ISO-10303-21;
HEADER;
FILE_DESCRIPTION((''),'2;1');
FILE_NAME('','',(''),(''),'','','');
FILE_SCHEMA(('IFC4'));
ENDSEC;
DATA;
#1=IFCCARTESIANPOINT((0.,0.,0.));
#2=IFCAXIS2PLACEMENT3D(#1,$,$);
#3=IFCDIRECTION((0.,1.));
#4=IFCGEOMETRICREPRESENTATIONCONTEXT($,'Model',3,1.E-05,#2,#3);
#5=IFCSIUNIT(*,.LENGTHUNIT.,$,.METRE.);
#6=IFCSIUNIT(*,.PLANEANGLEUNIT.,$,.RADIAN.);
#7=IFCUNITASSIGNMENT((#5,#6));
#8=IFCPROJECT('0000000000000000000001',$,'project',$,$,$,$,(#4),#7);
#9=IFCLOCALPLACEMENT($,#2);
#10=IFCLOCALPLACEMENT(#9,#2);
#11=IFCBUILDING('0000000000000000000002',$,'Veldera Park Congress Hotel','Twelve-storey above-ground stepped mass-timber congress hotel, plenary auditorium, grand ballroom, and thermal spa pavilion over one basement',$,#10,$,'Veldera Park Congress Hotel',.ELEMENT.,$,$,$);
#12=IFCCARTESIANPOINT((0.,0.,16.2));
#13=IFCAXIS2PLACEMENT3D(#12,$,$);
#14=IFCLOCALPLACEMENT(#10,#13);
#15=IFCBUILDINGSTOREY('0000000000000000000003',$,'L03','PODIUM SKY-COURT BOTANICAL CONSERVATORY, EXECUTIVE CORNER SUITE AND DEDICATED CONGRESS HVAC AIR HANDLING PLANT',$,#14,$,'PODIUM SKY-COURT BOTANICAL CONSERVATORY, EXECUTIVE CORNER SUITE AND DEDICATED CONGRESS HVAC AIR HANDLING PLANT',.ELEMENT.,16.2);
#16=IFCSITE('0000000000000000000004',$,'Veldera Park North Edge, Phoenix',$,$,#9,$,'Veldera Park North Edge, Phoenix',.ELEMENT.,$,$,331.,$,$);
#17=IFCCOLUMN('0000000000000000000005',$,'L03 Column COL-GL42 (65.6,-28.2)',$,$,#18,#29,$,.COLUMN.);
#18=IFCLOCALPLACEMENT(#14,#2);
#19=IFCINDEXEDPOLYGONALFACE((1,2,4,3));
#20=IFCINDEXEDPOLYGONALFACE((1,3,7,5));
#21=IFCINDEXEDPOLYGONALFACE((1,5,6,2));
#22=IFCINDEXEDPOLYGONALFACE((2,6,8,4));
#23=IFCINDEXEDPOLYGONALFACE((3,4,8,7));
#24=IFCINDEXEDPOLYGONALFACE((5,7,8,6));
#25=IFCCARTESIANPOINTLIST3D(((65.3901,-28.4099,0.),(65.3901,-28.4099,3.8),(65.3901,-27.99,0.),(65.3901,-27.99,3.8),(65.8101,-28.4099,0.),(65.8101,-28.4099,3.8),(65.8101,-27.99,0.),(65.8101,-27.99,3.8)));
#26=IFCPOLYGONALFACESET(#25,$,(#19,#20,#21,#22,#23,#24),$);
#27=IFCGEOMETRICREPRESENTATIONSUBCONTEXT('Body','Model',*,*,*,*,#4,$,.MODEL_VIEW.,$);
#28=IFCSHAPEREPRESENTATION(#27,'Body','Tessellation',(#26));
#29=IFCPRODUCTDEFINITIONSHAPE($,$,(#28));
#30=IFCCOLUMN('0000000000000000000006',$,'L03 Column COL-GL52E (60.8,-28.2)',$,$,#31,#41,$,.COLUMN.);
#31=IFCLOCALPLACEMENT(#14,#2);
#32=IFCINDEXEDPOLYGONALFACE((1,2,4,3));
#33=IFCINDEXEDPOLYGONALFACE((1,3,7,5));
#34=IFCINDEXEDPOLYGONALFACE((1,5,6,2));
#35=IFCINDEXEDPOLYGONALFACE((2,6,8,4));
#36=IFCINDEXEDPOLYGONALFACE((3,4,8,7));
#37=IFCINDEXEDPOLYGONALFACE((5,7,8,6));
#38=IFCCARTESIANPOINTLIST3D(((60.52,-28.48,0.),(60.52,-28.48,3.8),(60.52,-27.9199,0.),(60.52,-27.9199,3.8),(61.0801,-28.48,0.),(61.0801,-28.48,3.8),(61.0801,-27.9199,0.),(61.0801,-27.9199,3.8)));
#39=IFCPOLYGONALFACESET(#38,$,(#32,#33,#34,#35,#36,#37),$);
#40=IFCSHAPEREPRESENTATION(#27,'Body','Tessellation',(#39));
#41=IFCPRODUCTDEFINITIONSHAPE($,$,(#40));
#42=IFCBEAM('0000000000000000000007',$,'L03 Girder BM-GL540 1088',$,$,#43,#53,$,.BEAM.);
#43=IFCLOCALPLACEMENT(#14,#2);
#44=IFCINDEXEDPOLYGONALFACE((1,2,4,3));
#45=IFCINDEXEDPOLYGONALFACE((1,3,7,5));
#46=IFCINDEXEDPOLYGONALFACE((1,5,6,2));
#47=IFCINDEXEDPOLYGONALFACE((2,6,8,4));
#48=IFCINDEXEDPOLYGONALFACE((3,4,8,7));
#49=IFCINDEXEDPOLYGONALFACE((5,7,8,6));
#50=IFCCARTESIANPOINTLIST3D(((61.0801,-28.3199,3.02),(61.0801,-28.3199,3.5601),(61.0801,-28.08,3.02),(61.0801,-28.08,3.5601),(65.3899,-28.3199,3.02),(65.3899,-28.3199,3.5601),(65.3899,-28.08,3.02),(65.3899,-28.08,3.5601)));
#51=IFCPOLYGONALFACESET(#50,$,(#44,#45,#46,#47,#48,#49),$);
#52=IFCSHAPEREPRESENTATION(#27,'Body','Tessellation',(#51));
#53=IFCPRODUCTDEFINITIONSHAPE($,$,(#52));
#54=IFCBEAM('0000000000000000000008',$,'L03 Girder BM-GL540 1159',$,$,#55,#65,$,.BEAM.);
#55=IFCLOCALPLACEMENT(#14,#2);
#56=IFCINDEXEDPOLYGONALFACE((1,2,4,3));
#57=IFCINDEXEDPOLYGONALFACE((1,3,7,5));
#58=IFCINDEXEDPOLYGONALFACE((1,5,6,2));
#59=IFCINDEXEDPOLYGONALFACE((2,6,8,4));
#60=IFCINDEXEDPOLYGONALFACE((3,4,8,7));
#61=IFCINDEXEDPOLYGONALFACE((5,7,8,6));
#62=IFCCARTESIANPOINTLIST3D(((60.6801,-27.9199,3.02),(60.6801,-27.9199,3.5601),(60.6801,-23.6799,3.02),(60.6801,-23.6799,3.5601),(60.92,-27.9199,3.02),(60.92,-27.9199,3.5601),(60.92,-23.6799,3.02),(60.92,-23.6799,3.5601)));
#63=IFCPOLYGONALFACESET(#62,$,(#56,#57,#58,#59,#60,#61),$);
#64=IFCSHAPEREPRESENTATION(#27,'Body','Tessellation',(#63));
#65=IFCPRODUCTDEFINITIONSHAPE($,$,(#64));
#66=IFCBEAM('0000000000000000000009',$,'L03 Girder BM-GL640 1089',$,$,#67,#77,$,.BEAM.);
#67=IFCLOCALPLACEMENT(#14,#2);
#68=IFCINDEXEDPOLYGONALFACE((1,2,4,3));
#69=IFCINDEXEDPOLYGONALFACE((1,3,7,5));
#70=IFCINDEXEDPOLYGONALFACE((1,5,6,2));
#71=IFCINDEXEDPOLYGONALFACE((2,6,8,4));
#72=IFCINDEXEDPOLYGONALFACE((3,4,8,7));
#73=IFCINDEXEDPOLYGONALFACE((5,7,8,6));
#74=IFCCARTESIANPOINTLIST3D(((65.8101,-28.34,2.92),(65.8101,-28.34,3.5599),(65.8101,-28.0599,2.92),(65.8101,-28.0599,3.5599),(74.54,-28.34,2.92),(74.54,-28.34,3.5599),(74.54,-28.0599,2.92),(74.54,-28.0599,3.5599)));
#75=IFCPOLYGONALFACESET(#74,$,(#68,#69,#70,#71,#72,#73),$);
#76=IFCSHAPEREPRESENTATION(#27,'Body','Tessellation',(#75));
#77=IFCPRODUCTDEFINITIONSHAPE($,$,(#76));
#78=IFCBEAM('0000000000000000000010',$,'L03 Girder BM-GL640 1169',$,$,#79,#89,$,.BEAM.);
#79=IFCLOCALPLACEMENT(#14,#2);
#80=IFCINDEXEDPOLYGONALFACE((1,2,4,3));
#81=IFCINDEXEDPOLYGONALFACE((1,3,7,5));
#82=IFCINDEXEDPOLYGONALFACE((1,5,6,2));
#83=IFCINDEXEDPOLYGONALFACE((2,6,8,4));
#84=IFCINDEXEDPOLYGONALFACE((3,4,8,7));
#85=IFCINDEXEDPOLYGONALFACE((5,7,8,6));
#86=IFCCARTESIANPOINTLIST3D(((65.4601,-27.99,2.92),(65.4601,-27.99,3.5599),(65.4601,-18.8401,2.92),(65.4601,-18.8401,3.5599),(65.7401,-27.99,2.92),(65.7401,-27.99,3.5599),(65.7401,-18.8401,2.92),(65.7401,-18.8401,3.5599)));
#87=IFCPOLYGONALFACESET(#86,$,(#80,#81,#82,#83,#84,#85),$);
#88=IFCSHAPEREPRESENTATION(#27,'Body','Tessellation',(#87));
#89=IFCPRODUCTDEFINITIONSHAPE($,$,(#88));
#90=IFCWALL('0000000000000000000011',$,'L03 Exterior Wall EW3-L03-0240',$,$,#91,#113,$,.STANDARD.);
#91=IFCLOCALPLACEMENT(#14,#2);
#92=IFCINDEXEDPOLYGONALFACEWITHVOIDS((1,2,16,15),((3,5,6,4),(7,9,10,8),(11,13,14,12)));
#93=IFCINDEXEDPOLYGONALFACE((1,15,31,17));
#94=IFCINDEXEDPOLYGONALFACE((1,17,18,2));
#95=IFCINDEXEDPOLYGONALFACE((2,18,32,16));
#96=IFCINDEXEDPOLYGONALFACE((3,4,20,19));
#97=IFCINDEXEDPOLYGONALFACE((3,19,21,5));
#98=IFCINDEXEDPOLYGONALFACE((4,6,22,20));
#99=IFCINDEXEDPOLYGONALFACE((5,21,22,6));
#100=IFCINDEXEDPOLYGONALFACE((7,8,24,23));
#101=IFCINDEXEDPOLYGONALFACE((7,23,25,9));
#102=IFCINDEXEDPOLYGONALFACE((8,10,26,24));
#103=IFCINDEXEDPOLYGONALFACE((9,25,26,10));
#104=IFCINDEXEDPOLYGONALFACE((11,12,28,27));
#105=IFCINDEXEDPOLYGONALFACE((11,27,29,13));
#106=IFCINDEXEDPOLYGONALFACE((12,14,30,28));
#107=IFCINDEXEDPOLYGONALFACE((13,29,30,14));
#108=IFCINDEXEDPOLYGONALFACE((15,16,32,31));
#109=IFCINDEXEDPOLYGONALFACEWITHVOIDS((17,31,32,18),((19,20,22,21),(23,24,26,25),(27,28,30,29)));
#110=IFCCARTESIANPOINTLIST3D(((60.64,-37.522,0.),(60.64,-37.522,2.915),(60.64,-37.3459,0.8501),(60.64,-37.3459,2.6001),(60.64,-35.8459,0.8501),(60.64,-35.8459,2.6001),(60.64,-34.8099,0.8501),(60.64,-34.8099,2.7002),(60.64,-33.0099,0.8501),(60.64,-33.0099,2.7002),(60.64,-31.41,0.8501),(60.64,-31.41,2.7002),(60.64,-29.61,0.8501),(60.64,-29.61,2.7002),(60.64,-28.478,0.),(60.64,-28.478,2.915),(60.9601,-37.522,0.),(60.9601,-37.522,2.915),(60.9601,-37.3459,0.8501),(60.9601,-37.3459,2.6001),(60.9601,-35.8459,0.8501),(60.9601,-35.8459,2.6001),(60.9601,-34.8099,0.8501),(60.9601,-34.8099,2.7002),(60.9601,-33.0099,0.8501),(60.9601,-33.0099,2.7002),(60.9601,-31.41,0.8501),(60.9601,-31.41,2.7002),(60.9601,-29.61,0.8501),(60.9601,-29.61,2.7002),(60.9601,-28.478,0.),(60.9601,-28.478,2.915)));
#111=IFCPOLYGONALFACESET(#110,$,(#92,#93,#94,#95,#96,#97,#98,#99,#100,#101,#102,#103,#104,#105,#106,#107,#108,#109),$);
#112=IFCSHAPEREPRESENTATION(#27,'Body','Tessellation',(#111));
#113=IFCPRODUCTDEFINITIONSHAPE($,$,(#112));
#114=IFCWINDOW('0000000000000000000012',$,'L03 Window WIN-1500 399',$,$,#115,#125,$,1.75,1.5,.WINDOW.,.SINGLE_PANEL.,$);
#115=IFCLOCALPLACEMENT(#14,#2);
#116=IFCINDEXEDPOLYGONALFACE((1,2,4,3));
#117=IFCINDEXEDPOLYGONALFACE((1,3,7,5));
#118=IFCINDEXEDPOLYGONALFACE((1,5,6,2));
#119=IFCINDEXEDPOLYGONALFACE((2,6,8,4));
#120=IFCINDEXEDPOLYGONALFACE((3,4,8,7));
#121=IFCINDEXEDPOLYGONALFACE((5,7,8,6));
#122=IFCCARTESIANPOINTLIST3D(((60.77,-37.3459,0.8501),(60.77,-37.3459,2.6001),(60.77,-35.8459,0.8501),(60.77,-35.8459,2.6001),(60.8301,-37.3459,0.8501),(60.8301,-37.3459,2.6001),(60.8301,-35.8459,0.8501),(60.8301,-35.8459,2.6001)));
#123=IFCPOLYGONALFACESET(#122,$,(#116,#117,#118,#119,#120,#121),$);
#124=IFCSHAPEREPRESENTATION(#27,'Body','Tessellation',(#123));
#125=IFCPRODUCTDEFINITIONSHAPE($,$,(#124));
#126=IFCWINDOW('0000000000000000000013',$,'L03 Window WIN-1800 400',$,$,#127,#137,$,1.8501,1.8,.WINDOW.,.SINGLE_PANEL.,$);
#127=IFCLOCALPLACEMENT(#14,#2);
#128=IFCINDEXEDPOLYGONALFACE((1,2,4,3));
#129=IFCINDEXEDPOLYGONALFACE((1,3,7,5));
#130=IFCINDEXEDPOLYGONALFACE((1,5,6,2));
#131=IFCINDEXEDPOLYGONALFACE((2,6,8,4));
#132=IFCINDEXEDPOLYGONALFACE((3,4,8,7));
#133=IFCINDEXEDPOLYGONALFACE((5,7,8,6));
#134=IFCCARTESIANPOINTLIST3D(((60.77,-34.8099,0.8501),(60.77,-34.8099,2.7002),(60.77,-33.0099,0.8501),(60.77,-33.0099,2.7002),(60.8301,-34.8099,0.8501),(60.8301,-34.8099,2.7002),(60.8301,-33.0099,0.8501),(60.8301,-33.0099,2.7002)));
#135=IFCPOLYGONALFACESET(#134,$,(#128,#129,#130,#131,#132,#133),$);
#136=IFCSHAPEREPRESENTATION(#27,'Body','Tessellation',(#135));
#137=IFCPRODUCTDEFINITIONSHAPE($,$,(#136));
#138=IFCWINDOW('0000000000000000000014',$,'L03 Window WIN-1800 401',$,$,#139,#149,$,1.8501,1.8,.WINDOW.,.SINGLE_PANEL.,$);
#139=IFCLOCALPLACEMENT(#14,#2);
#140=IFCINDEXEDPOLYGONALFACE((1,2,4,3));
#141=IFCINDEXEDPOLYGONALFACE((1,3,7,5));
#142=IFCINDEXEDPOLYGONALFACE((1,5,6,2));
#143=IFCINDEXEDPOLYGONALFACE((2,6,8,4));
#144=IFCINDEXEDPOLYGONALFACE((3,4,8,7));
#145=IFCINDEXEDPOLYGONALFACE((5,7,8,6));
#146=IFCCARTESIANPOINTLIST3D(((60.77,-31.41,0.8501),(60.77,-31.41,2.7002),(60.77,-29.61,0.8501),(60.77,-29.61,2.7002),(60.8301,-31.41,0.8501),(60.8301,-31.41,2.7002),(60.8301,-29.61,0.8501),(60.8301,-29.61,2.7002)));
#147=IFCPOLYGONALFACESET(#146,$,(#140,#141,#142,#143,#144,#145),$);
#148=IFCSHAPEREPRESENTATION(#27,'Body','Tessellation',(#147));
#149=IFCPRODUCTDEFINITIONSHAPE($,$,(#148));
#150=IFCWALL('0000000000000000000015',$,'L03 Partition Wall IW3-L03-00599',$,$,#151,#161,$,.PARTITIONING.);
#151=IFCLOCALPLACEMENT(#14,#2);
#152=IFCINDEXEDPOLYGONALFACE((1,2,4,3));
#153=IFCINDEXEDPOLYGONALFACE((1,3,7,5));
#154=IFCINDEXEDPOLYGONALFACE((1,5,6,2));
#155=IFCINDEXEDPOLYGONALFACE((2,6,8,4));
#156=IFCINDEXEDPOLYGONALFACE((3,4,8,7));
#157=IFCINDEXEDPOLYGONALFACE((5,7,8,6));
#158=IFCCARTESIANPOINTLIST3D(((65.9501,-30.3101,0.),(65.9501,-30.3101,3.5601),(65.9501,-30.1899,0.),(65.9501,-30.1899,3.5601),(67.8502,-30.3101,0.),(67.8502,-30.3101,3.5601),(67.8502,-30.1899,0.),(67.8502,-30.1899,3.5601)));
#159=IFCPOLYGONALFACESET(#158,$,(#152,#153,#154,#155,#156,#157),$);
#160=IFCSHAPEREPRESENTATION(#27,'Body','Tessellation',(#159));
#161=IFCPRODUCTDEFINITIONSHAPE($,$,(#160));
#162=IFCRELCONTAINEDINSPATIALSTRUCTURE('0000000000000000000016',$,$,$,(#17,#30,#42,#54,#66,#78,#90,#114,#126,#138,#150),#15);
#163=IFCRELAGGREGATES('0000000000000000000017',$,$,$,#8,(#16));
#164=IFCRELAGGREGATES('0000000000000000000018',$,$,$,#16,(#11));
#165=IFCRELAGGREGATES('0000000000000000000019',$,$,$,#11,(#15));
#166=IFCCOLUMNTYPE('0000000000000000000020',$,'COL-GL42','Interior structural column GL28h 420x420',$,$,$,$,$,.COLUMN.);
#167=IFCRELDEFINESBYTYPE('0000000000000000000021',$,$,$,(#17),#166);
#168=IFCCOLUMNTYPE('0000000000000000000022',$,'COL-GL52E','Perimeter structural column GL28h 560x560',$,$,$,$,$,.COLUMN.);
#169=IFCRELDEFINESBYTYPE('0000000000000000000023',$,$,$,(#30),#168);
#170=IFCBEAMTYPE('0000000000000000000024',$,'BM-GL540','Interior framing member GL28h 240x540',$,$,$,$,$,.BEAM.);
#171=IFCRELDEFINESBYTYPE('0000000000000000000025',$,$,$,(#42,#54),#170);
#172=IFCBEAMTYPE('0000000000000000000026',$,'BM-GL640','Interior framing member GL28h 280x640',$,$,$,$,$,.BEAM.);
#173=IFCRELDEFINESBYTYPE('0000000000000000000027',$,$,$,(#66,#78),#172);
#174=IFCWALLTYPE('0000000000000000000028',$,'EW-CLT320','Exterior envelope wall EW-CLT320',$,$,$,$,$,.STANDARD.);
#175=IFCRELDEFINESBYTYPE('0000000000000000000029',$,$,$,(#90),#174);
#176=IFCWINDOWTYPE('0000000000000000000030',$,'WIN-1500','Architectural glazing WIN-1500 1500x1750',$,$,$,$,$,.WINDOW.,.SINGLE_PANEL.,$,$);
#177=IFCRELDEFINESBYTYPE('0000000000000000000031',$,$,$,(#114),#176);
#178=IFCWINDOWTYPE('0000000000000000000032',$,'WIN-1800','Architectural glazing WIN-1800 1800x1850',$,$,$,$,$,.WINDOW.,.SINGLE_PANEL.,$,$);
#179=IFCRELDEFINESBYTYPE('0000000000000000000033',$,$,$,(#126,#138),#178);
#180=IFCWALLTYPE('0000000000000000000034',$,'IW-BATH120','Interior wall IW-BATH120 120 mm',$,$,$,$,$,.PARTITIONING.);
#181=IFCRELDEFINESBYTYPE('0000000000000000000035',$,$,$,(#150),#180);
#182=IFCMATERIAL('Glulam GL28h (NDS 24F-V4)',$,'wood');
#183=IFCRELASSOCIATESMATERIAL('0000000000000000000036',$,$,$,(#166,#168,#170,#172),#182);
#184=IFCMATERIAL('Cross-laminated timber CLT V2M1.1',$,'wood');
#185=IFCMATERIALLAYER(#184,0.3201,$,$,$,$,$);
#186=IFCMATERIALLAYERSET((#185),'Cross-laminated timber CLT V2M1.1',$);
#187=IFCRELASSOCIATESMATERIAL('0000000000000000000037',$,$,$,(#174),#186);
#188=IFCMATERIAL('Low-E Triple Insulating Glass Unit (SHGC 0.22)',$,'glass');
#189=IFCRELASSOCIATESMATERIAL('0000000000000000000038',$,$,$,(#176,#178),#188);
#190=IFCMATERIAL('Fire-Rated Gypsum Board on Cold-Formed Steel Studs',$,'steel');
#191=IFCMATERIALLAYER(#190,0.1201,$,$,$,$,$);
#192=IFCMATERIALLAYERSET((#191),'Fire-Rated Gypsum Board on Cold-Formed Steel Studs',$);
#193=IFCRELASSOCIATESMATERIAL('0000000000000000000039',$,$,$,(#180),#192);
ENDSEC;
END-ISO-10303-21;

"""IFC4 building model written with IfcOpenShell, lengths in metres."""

from ifc_helpers import new_model, si_unit, direction, frame, frame_2d, origin, origin_2d, place, context, subcontext, project, spatial, rectangle, extrude, material, layer, layer_set, material_profile, profile_set, type_object, element, fill, save


model = new_model("IFC4")

# Units and contexts
model_context = context("Model", 3, precision=1e-05, world=origin(), true_north=direction((0.0, 1.0)))
body_context = subcontext(model_context, "Body", "Model", "MODEL_VIEW")
ifc_project = project(units=[si_unit("LENGTHUNIT", "METRE"), si_unit("PLANEANGLEUNIT", "RADIAN")], contexts=[model_context])

# Site, building, storey
site_placement = place(None, origin())
site = spatial("IfcSite", under=ifc_project, at=site_placement, Name="Veldera Park North Edge, Phoenix", LongName="Veldera Park North Edge, Phoenix", CompositionType="ELEMENT", RefElevation=331.0)
building_placement = place(site_placement, origin())
building = spatial("IfcBuilding", under=site, at=building_placement, Name="Veldera Park Congress Hotel", Description="Twelve-storey above-ground stepped mass-timber congress hotel, plenary auditorium, grand ballroom, and thermal spa pavilion over one basement", LongName="Veldera Park Congress Hotel", CompositionType="ELEMENT")
storey_placement = place(building_placement, frame((0.0, 0.0, 16.2)))
storey = spatial("IfcBuildingStorey", under=building, at=storey_placement, Name="L03", Description="PODIUM SKY-COURT BOTANICAL CONSERVATORY, EXECUTIVE CORNER SUITE AND DEDICATED CONGRESS HVAC AIR HANDLING PLANT", LongName="PODIUM SKY-COURT BOTANICAL CONSERVATORY, EXECUTIVE CORNER SUITE AND DEDICATED CONGRESS HVAC AIR HANDLING PLANT", CompositionType="ELEMENT", Elevation=16.2)

# Columns
ifc_material_1 = material(Name="Glulam GL28h (NDS 24F-V4)", Category="wood")
ifc_material_profile_1 = material_profile(ifc_material_1, rectangle(XDim=0.4199, YDim=0.4199, at=origin_2d()), Name="GL28h 420x420")
ifc_profile_set_1 = profile_set([ifc_material_profile_1], Name="Glulam GL28h (NDS 24F-V4)")
column_type_1 = type_object("IfcColumnType", Name="COL-GL42", Description="Interior structural column GL28h 420x420", PredefinedType="COLUMN", material=ifc_profile_set_1)
column_1_placement = place(storey_placement, frame((65.6001, -28.2, 0.0), z_axis=(0.0, 0.0, 1.0), x_axis=(1.0, 0.0, 0.0)))
element("IfcColumn", 1, at=column_1_placement, inside=storey, type_object=column_type_1, Name="L03 Column COL-GL42 (65.6,-28.2)", PredefinedType="COLUMN", context=body_context, shape_type="SweptSolid", body=[
    extrude(rectangle(XDim=0.4199, YDim=0.4199, at=origin_2d()), origin(), (0.0, 0.0, 1.0), 3.8),
])
ifc_material_profile_2 = material_profile(ifc_material_1, rectangle(XDim=0.5601, YDim=0.5601, at=origin_2d()), Name="GL28h 560x560")
ifc_profile_set_2 = profile_set([ifc_material_profile_2], Name="Glulam GL28h (NDS 24F-V4)")
column_type_2 = type_object("IfcColumnType", Name="COL-GL52E", Description="Perimeter structural column GL28h 560x560", PredefinedType="COLUMN", material=ifc_profile_set_2)
column_2_placement = place(storey_placement, frame((60.8, -28.2, 0.0), z_axis=(0.0, 0.0, 1.0), x_axis=(1.0, 0.0, 0.0)))
element("IfcColumn", 2, at=column_2_placement, inside=storey, type_object=column_type_2, Name="L03 Column COL-GL52E (60.8,-28.2)", PredefinedType="COLUMN", context=body_context, shape_type="SweptSolid", body=[
    extrude(rectangle(XDim=0.5601, YDim=0.5601, at=origin_2d()), origin(), (0.0, 0.0, 1.0), 3.8),
])

# Beams
ifc_material_profile_3 = material_profile(ifc_material_1, rectangle(XDim=0.24, YDim=0.54, at=origin_2d()), Name="GL28h 240x540")
ifc_profile_set_3 = profile_set([ifc_material_profile_3], Name="Glulam GL28h (NDS 24F-V4)")
beam_type_1 = type_object("IfcBeamType", Name="BM-GL540", Description="Interior framing member GL28h 240x540", PredefinedType="BEAM", material=ifc_profile_set_3)
beam_1_placement = place(storey_placement, frame((61.0801, -28.2, 3.29), z_axis=(1.0, 0.0, 0.0), x_axis=(0.0, 1.0, 0.0)))
element("IfcBeam", 3, at=beam_1_placement, inside=storey, type_object=beam_type_1, Name="L03 Girder BM-GL540 1088", PredefinedType="BEAM", context=body_context, shape_type="SweptSolid", body=[
    extrude(rectangle(XDim=0.24, YDim=0.54, at=origin_2d()), origin(), (0.0, 0.0, 1.0), 4.3098),
])
beam_2_placement = place(storey_placement, frame((60.8, -27.9199, 3.29), z_axis=(0.0, 1.0, 0.0), x_axis=(-1.0, 0.0, 0.0)))
element("IfcBeam", 4, at=beam_2_placement, inside=storey, type_object=beam_type_1, Name="L03 Girder BM-GL540 1159", PredefinedType="BEAM", context=body_context, shape_type="SweptSolid", body=[
    extrude(rectangle(XDim=0.24, YDim=0.54, at=origin_2d()), origin(), (0.0, 0.0, 1.0), 4.24),
])
ifc_material_profile_4 = material_profile(ifc_material_1, rectangle(XDim=0.28, YDim=0.6399, at=origin_2d()), Name="GL28h 280x640")
ifc_profile_set_4 = profile_set([ifc_material_profile_4], Name="Glulam GL28h (NDS 24F-V4)")
beam_type_2 = type_object("IfcBeamType", Name="BM-GL640", Description="Interior framing member GL28h 280x640", PredefinedType="BEAM", material=ifc_profile_set_4)
beam_3_placement = place(storey_placement, frame((65.8101, -28.2, 3.24), z_axis=(1.0, 0.0, 0.0), x_axis=(0.0, 1.0, 0.0)))
element("IfcBeam", 5, at=beam_3_placement, inside=storey, type_object=beam_type_2, Name="L03 Girder BM-GL640 1089", PredefinedType="BEAM", context=body_context, shape_type="SweptSolid", body=[
    extrude(rectangle(XDim=0.28, YDim=0.6399, at=origin_2d()), origin(), (0.0, 0.0, 1.0), 8.73),
])
beam_4_placement = place(storey_placement, frame((65.6001, -27.99, 3.24), z_axis=(0.0, 1.0, 0.0), x_axis=(-1.0, 0.0, 0.0)))
element("IfcBeam", 6, at=beam_4_placement, inside=storey, type_object=beam_type_2, Name="L03 Girder BM-GL640 1169", PredefinedType="BEAM", context=body_context, shape_type="SweptSolid", body=[
    extrude(rectangle(XDim=0.28, YDim=0.6399, at=origin_2d()), origin(), (0.0, 0.0, 1.0), 9.1499),
])

# Wall, openings, windows
ifc_material_2 = material(Name="Cross-laminated timber CLT V2M1.1", Category="wood")
ifc_layer_1 = layer(ifc_material_2, 0.3201)
ifc_layer_set_1 = layer_set([ifc_layer_1], Name="Cross-laminated timber CLT V2M1.1")
wall_type_1 = type_object("IfcWallType", Name="EW-CLT320", Description="Exterior envelope wall EW-CLT320", PredefinedType="STANDARD", material=ifc_layer_set_1)
wall_1_placement = place(storey_placement, frame((60.8, -28.478, 0.0), z_axis=(0.0, 0.0, 1.0), x_axis=(0.0, -1.0, 0.0)))
wall_1 = element("IfcWall", 7, at=wall_1_placement, inside=storey, type_object=wall_type_1, Name="L03 Exterior Wall EW3-L03-0240", PredefinedType="STANDARD", context=body_context, shape_type="SweptSolid", body=[
    extrude(rectangle(XDim=9.0439, YDim=0.3201, at=frame_2d((4.522, 0.0))), origin(), (0.0, 0.0, 1.0), 2.915),
])
opening_1_placement = place(wall_1_placement, frame((7.3679, 0.0, 0.8501)))
opening_1 = element("IfcOpeningElement", 8, at=opening_1_placement, cuts=wall_1, PredefinedType="OPENING", context=body_context, shape_type="SweptSolid", body=[
    extrude(rectangle(XDim=1.5, YDim=1.75, at=frame_2d((0.75, 0.875))), frame((0.0, 0.1721, 0.0), z_axis=(0.0, -1.0, 0.0), x_axis=(1.0, 0.0, 0.0)), (0.0, 0.0, 1.0), 0.344),
])
opening_2_placement = place(wall_1_placement, frame((4.532, 0.0, 0.8501)))
opening_2 = element("IfcOpeningElement", 9, at=opening_2_placement, cuts=wall_1, PredefinedType="OPENING", context=body_context, shape_type="SweptSolid", body=[
    extrude(rectangle(XDim=1.8, YDim=1.8501, at=frame_2d((0.8999, 0.925))), frame((0.0, 0.1721, 0.0), z_axis=(0.0, -1.0, 0.0), x_axis=(1.0, 0.0, 0.0)), (0.0, 0.0, 1.0), 0.344),
])
opening_3_placement = place(wall_1_placement, frame((1.1321, 0.0, 0.8501)))
opening_3 = element("IfcOpeningElement", 10, at=opening_3_placement, cuts=wall_1, PredefinedType="OPENING", context=body_context, shape_type="SweptSolid", body=[
    extrude(rectangle(XDim=1.8, YDim=1.8501, at=frame_2d((0.8999, 0.925))), frame((0.0, 0.1721, 0.0), z_axis=(0.0, -1.0, 0.0), x_axis=(1.0, 0.0, 0.0)), (0.0, 0.0, 1.0), 0.344),
])
ifc_material_3 = material(Name="Low-E Triple Insulating Glass Unit (SHGC 0.22)", Category="glass")
window_type_1 = type_object("IfcWindowType", Name="WIN-1500", Description="Architectural glazing WIN-1500 1500x1750", PartitioningType="SINGLE_PANEL", PredefinedType="WINDOW", material=ifc_material_3)
window_1_placement = place(opening_1_placement, origin())
window_1 = element("IfcWindow", 11, at=window_1_placement, inside=storey, type_object=window_type_1, Name="L03 Window WIN-1500 399", OverallHeight=1.75, OverallWidth=1.5, PartitioningType="SINGLE_PANEL", PredefinedType="WINDOW", context=body_context, shape_type="SweptSolid", body=[
    extrude(rectangle(XDim=1.5, YDim=1.75, at=frame_2d((0.75, 0.875))), frame((0.0, 0.03, 0.0), z_axis=(0.0, -1.0, 0.0), x_axis=(1.0, 0.0, 0.0)), (0.0, 0.0, 1.0), 0.0601),
])
fill(opening_1, window_1)
window_type_2 = type_object("IfcWindowType", Name="WIN-1800", Description="Architectural glazing WIN-1800 1800x1850", PartitioningType="SINGLE_PANEL", PredefinedType="WINDOW", material=ifc_material_3)
window_2_placement = place(opening_2_placement, origin())
window_2 = element("IfcWindow", 12, at=window_2_placement, inside=storey, type_object=window_type_2, Name="L03 Window WIN-1800 400", OverallHeight=1.8501, OverallWidth=1.8, PartitioningType="SINGLE_PANEL", PredefinedType="WINDOW", context=body_context, shape_type="SweptSolid", body=[
    extrude(rectangle(XDim=1.8, YDim=1.8501, at=frame_2d((0.8999, 0.925))), frame((0.0, 0.03, 0.0), z_axis=(0.0, -1.0, 0.0), x_axis=(1.0, 0.0, 0.0)), (0.0, 0.0, 1.0), 0.0601),
])
fill(opening_2, window_2)
window_3_placement = place(opening_3_placement, origin())
window_3 = element("IfcWindow", 13, at=window_3_placement, inside=storey, type_object=window_type_2, Name="L03 Window WIN-1800 401", OverallHeight=1.8501, OverallWidth=1.8, PartitioningType="SINGLE_PANEL", PredefinedType="WINDOW", context=body_context, shape_type="SweptSolid", body=[
    extrude(rectangle(XDim=1.8, YDim=1.8501, at=frame_2d((0.8999, 0.925))), frame((0.0, 0.03, 0.0), z_axis=(0.0, -1.0, 0.0), x_axis=(1.0, 0.0, 0.0)), (0.0, 0.0, 1.0), 0.0601),
])
fill(opening_3, window_3)

# Shared definitions
ifc_material_4 = material(Name="Fire-Rated Gypsum Board on Cold-Formed Steel Studs", Category="steel")
ifc_layer_2 = layer(ifc_material_4, 0.1201)
ifc_layer_set_2 = layer_set([ifc_layer_2], Name="Fire-Rated Gypsum Board on Cold-Formed Steel Studs")
wall_type_2 = type_object("IfcWallType", Name="IW-BATH120", Description="Interior wall IW-BATH120 120 mm", PredefinedType="PARTITIONING", material=ifc_layer_set_2)

# Wall
wall_2_placement = place(storey_placement, frame((65.95, -30.25, 0.0), z_axis=(0.0, 0.0, 1.0), x_axis=(1.0, 0.0, 0.0)))
element("IfcWall", 14, at=wall_2_placement, inside=storey, type_object=wall_type_2, Name="L03 Partition Wall IW3-L03-00599", PredefinedType="PARTITIONING", context=body_context, shape_type="SweptSolid", body=[
    extrude(rectangle(XDim=1.9001, YDim=0.1201, at=frame_2d((0.9502, 0.0))), origin(), (0.0, 0.0, 1.0), 3.5601),
])

save(model, "model.ifc")
